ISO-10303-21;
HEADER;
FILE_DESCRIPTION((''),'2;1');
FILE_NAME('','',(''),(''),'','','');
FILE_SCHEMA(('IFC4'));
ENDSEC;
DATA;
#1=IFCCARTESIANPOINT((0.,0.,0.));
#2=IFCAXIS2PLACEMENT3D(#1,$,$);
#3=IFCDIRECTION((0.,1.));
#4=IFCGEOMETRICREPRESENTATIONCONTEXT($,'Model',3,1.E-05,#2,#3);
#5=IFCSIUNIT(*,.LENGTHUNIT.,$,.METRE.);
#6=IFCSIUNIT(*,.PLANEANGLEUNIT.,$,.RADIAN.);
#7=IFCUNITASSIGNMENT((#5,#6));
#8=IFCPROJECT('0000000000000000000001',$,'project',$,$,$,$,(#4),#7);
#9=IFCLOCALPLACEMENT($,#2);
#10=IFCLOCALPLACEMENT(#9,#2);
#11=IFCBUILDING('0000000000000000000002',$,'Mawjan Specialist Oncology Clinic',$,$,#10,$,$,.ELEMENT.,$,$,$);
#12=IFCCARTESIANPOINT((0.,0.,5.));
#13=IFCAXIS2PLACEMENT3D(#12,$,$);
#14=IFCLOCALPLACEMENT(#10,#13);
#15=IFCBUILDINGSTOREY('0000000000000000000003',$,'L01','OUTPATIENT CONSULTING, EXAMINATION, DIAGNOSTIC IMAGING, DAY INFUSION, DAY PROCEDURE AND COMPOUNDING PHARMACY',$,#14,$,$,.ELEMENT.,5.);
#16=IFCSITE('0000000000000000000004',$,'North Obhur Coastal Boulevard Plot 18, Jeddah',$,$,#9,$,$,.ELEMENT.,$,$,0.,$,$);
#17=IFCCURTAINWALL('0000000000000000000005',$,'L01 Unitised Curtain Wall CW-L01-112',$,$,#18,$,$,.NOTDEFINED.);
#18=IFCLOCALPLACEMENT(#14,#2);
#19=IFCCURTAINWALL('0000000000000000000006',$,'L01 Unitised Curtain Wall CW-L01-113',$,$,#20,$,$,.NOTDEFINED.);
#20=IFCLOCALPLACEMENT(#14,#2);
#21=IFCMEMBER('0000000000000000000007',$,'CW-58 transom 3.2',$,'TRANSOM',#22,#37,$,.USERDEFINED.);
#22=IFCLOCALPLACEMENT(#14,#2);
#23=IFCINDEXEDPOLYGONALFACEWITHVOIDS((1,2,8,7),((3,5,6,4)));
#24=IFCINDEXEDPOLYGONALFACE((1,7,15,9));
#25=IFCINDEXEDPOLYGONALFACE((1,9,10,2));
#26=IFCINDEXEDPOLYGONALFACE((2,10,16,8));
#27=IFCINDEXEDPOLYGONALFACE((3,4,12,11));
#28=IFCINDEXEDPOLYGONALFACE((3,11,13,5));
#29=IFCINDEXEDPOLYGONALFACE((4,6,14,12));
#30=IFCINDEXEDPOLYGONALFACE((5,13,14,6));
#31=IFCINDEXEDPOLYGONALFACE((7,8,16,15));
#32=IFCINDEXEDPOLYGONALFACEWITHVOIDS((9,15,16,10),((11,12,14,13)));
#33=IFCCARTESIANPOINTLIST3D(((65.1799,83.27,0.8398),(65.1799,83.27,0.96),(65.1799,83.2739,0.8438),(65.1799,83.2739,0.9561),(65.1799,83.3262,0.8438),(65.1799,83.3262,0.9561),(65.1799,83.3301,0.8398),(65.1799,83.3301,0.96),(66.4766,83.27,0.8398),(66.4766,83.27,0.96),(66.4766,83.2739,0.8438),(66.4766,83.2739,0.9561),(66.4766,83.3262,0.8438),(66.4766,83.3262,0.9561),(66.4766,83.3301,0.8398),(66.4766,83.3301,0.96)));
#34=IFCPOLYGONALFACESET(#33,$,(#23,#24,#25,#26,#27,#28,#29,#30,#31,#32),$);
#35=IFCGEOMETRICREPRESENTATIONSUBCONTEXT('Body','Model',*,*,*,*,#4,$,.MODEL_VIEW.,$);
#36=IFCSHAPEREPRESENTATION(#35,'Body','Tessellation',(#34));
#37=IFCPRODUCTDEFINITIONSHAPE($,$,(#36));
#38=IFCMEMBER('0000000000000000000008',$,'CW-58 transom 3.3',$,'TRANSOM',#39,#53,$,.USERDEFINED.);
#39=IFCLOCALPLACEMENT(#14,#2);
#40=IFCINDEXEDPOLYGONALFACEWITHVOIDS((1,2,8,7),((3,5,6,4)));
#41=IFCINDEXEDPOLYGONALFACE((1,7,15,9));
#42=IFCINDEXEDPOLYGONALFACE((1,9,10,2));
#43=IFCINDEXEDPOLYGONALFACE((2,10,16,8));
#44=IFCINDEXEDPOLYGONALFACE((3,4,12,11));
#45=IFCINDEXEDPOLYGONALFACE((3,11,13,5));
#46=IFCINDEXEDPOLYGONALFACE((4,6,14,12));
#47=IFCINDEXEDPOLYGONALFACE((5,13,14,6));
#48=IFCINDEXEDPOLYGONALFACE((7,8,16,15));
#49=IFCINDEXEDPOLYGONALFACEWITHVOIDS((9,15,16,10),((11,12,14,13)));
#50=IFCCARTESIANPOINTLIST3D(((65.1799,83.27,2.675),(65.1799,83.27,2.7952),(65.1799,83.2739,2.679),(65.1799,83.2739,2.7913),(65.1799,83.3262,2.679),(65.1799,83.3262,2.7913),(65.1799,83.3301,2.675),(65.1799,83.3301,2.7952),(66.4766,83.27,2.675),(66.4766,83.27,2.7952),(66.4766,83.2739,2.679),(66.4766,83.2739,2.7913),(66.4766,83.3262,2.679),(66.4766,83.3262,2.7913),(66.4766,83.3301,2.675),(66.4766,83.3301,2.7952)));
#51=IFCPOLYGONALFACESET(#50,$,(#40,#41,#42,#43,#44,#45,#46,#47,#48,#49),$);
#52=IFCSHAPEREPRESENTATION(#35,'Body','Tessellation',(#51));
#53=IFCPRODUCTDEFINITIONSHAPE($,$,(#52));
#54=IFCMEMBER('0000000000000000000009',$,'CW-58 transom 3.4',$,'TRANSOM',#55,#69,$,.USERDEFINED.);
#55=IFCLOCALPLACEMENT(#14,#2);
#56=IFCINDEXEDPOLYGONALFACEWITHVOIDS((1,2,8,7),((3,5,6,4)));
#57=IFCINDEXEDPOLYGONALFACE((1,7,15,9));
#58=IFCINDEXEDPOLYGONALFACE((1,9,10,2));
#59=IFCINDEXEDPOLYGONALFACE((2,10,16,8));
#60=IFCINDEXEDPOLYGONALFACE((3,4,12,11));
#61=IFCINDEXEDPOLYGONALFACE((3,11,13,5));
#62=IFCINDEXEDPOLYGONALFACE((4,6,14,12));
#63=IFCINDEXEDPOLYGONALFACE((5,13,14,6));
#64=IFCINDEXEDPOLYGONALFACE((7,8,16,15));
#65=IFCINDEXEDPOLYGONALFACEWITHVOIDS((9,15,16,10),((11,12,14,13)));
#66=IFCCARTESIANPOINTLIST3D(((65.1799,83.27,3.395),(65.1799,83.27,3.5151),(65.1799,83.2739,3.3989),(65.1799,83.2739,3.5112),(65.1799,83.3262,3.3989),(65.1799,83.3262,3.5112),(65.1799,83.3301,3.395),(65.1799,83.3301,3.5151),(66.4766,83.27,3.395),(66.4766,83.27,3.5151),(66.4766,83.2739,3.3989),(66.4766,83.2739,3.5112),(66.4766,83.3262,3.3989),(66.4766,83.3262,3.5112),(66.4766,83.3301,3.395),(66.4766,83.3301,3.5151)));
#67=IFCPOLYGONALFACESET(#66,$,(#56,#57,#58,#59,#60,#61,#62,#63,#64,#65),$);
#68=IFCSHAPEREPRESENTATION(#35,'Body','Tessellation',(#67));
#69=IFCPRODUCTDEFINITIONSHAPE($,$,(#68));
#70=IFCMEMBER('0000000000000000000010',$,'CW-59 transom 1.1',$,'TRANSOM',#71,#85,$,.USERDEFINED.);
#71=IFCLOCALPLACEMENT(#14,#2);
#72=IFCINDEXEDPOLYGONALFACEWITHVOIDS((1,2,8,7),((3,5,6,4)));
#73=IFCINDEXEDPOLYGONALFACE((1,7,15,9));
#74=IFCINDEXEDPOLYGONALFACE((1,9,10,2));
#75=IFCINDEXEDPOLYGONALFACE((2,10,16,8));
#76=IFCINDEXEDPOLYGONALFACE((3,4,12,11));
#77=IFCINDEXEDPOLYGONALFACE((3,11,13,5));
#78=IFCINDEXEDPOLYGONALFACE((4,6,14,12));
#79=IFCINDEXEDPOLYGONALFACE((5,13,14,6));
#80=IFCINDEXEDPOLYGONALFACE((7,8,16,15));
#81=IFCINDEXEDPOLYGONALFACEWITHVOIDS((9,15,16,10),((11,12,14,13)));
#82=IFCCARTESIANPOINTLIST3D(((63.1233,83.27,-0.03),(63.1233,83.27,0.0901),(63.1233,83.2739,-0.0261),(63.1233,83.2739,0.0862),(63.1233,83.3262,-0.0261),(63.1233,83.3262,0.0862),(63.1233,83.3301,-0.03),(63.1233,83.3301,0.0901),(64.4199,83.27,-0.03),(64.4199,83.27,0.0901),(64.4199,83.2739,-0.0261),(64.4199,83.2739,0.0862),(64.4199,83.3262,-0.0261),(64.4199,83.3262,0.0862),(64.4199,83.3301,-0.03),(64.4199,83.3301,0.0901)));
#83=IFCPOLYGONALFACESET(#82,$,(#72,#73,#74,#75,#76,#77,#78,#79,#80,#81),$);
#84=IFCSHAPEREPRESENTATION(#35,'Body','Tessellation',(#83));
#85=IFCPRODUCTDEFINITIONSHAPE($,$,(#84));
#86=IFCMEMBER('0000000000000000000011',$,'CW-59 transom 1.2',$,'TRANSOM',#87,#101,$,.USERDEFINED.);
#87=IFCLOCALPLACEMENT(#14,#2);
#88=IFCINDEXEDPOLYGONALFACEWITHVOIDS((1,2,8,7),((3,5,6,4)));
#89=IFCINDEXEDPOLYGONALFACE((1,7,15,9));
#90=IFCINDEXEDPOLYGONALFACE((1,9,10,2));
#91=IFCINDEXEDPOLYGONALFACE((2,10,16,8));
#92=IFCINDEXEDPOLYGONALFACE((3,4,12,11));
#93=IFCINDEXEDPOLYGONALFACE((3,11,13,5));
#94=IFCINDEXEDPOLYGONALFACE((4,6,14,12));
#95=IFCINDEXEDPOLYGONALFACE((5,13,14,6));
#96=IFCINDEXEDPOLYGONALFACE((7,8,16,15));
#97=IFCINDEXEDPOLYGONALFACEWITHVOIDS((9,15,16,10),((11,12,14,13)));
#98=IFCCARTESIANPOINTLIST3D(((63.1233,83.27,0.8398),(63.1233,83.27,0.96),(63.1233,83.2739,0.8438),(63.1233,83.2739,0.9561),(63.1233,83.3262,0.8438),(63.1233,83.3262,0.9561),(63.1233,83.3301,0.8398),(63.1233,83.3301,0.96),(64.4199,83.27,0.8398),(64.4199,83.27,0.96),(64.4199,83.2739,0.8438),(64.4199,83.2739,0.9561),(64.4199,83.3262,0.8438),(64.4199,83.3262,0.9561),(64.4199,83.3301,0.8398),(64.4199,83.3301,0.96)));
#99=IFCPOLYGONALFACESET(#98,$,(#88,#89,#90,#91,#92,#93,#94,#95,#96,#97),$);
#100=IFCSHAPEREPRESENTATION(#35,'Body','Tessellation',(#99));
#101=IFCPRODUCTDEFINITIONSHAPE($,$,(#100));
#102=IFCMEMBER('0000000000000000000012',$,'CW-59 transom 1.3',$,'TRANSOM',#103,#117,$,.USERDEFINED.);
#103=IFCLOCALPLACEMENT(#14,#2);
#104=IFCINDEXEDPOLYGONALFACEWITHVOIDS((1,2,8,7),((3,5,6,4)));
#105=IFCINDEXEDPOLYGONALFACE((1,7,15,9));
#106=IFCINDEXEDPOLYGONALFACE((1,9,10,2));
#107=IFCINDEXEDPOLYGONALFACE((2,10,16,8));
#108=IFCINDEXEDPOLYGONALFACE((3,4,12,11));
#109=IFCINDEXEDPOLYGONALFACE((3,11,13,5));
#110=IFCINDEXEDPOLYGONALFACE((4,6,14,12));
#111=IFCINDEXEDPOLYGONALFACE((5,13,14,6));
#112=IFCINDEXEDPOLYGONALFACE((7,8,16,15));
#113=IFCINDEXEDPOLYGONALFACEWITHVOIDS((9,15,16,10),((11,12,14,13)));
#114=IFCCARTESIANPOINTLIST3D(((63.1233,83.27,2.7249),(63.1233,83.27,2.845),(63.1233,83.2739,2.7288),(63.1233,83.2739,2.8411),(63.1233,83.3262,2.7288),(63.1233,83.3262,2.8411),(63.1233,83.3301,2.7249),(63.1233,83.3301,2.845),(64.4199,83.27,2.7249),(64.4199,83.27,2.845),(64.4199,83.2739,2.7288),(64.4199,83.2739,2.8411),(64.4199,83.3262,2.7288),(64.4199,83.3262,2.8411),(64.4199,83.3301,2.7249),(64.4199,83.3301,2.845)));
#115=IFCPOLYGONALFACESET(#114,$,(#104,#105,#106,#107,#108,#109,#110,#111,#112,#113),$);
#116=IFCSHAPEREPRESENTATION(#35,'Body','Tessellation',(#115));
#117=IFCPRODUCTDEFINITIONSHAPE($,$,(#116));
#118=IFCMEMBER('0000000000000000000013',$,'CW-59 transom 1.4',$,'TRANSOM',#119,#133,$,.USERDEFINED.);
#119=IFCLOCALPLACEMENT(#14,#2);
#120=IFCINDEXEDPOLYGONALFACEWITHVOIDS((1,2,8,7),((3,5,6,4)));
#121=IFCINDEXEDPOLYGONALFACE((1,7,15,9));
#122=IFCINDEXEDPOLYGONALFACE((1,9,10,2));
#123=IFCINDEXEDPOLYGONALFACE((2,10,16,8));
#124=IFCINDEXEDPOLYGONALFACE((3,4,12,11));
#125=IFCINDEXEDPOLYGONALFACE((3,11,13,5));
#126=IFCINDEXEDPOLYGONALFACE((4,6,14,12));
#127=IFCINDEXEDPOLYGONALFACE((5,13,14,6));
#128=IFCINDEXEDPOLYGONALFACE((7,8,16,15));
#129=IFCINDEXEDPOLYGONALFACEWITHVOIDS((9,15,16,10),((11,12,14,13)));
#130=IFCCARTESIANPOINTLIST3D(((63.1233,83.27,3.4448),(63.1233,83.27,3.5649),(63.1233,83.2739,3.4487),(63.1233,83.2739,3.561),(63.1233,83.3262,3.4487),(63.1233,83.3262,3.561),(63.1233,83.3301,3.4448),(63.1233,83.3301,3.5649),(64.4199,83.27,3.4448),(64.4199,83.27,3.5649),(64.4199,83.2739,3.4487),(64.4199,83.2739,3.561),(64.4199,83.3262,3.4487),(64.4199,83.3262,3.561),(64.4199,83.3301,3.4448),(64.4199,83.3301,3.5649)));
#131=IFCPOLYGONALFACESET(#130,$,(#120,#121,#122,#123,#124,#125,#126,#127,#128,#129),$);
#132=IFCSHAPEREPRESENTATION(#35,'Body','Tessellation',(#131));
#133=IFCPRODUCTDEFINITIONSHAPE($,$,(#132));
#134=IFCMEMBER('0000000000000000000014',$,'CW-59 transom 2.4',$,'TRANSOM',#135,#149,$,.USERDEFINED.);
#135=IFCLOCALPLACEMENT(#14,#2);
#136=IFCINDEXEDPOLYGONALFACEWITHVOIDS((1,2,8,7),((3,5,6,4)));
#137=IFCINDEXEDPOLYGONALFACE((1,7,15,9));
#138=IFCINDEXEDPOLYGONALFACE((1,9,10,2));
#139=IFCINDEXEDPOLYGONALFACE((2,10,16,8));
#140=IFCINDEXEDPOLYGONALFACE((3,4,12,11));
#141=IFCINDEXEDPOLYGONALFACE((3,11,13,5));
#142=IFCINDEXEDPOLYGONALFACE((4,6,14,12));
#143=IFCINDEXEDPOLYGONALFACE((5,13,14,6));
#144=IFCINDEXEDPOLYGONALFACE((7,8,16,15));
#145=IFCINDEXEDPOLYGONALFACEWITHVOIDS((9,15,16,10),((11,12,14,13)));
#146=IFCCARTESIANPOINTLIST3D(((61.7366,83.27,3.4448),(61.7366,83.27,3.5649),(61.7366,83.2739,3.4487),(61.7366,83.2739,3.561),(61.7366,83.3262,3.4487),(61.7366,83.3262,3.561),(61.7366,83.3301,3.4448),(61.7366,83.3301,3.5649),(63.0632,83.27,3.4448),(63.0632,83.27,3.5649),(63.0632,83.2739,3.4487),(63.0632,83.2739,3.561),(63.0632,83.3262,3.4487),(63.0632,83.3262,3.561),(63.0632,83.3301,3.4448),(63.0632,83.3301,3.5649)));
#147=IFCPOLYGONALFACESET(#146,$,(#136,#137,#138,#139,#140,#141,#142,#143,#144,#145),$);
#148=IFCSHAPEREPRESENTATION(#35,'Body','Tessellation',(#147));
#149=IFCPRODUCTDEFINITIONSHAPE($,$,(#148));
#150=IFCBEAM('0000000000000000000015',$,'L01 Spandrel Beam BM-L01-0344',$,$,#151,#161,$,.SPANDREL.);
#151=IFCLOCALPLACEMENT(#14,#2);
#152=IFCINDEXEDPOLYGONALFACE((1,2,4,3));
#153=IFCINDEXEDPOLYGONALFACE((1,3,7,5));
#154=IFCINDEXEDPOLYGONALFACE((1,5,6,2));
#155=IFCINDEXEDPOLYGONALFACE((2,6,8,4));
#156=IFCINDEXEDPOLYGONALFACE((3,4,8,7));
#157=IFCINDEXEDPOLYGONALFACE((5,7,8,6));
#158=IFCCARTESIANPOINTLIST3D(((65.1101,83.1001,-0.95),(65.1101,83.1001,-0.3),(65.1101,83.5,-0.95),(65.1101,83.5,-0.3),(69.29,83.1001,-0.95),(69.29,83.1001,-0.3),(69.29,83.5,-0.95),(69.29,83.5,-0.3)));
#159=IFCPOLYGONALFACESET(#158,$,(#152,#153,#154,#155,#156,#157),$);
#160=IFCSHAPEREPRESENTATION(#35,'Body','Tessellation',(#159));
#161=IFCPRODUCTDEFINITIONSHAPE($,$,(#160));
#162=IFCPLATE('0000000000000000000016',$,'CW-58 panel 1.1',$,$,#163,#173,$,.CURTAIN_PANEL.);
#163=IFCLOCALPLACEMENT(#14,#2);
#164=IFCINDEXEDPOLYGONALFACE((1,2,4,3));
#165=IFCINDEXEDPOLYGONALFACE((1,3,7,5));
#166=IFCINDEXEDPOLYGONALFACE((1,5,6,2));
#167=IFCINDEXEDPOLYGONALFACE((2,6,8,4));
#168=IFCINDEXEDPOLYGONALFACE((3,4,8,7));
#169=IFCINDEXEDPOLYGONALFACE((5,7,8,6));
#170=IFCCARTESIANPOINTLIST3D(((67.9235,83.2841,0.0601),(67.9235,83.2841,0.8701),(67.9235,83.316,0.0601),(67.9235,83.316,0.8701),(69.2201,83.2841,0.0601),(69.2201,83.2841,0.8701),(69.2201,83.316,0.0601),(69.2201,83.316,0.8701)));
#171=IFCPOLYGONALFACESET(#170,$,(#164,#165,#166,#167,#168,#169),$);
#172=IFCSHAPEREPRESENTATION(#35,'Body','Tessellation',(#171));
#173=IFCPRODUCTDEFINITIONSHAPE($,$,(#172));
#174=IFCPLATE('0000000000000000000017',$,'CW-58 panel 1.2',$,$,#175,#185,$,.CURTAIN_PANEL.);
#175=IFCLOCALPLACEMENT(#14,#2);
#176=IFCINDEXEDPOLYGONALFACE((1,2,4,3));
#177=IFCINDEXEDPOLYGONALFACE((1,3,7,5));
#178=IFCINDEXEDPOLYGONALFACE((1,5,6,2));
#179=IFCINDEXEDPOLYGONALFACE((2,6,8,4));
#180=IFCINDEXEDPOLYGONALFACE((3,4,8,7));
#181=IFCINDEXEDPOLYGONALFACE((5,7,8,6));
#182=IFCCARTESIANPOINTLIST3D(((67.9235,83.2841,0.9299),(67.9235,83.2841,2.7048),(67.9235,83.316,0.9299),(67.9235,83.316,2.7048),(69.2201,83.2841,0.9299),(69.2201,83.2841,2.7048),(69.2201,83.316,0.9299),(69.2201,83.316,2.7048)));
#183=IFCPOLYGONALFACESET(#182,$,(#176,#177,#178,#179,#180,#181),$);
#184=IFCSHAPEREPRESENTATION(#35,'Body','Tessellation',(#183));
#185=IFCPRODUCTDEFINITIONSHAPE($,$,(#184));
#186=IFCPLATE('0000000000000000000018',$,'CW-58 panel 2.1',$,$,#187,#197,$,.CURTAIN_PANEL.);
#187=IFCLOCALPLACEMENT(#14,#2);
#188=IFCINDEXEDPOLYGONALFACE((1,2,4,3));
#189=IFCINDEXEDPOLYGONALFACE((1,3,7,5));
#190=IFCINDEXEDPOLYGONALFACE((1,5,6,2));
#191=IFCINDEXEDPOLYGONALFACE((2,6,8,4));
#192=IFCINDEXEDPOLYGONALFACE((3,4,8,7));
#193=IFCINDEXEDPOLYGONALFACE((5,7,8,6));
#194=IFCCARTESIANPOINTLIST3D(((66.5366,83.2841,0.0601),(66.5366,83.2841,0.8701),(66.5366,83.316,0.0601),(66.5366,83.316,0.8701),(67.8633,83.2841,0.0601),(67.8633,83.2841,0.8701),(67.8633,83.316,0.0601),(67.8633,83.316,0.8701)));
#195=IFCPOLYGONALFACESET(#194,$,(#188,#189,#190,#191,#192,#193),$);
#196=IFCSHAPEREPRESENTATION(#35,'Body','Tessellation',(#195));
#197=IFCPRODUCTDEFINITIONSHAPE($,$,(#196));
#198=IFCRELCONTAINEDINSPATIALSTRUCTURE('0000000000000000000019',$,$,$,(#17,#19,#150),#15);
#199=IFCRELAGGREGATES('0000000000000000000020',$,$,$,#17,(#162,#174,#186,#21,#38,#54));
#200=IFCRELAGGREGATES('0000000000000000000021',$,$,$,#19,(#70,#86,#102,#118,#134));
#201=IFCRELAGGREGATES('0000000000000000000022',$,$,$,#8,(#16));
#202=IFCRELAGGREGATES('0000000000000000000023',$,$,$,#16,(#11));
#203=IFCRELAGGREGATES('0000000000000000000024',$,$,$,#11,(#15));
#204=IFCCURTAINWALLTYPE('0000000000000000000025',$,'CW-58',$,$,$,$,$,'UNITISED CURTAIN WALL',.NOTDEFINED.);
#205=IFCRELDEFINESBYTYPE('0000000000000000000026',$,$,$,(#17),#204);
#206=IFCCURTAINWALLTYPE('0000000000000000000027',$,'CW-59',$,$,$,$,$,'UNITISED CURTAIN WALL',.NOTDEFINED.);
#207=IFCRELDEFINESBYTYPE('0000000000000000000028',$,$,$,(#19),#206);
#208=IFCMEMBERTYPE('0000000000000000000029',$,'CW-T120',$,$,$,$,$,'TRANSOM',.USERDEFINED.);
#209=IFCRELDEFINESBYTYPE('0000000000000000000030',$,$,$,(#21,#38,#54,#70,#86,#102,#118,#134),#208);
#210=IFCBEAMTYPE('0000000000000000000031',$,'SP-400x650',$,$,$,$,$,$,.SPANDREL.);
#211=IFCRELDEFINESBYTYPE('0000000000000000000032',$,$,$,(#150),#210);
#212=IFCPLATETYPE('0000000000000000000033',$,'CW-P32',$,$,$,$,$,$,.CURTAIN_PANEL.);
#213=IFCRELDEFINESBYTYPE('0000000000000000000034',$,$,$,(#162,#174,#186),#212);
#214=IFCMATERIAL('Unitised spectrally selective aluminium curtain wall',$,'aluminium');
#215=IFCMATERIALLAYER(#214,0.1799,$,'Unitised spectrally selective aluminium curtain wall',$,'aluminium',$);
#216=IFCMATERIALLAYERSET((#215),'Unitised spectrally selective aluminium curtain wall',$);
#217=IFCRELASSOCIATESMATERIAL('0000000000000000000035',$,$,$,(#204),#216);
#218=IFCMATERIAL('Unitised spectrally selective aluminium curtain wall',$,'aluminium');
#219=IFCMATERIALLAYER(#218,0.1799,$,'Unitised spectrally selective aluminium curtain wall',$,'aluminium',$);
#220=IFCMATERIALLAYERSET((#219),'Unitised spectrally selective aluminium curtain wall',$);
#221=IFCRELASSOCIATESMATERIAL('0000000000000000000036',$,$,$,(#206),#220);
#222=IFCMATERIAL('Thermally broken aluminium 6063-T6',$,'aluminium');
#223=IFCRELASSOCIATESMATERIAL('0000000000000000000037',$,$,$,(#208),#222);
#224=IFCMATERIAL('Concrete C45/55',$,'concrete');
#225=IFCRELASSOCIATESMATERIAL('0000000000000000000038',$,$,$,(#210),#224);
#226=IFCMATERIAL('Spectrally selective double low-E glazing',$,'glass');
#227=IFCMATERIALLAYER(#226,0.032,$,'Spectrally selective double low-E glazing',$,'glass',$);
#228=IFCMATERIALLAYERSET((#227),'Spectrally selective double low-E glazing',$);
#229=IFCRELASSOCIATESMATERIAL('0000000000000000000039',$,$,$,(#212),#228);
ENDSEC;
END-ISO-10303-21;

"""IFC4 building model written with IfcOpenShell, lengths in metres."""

from ifc_helpers import new_model, si_unit, direction, frame, origin, origin_2d, place, context, subcontext, project, spatial, rectangle, hollow_rectangle, extrude, material, layer, layer_set, material_profile, profile_set, type_object, element, aggregate, save


model = new_model("IFC4")

# Units and contexts
model_context = context("Model", 3, precision=1e-05, world=origin(), true_north=direction((0.0, 1.0)))
body_context = subcontext(model_context, "Body", "Model", "MODEL_VIEW")
ifc_project = project(units=[si_unit("LENGTHUNIT", "METRE"), si_unit("PLANEANGLEUNIT", "RADIAN")], contexts=[model_context])

# Site, building, storey
site_placement = place(None, origin())
site = spatial("IfcSite", under=ifc_project, at=site_placement, Name="North Obhur Coastal Boulevard Plot 18, Jeddah", CompositionType="ELEMENT", RefElevation=0.0)
building_placement = place(site_placement, origin())
building = spatial("IfcBuilding", under=site, at=building_placement, Name="Mawjan Specialist Oncology Clinic", CompositionType="ELEMENT")
storey_placement = place(building_placement, frame((0.0, 0.0, 5.0)))
storey = spatial("IfcBuildingStorey", under=building, at=storey_placement, Name="L01", Description="OUTPATIENT CONSULTING, EXAMINATION, DIAGNOSTIC IMAGING, DAY INFUSION, DAY PROCEDURE AND COMPOUNDING PHARMACY", CompositionType="ELEMENT", Elevation=5.0)

# Curtain walls
ifc_material_1 = material(Name="Unitised spectrally selective aluminium curtain wall", Category="aluminium")
ifc_layer_1 = layer(ifc_material_1, 0.1799, Name="Unitised spectrally selective aluminium curtain wall", Category="aluminium")
ifc_layer_set_1 = layer_set([ifc_layer_1], Name="Unitised spectrally selective aluminium curtain wall")
curtain_wall_type_1 = type_object("IfcCurtainWallType", Name="CW-58", ElementType="UNITISED CURTAIN WALL", PredefinedType="NOTDEFINED", material=ifc_layer_set_1)
curtain_wall_1_placement = place(storey_placement, origin())
curtain_wall_1 = element("IfcCurtainWall", 1, at=curtain_wall_1_placement, inside=storey, type_object=curtain_wall_type_1, Name="L01 Unitised Curtain Wall CW-L01-112", PredefinedType="NOTDEFINED")
ifc_material_2 = material(Name="Unitised spectrally selective aluminium curtain wall", Category="aluminium")
ifc_layer_2 = layer(ifc_material_2, 0.1799, Name="Unitised spectrally selective aluminium curtain wall", Category="aluminium")
ifc_layer_set_2 = layer_set([ifc_layer_2], Name="Unitised spectrally selective aluminium curtain wall")
curtain_wall_type_2 = type_object("IfcCurtainWallType", Name="CW-59", ElementType="UNITISED CURTAIN WALL", PredefinedType="NOTDEFINED", material=ifc_layer_set_2)
curtain_wall_2_placement = place(storey_placement, origin())
curtain_wall_2 = element("IfcCurtainWall", 2, at=curtain_wall_2_placement, inside=storey, type_object=curtain_wall_type_2, Name="L01 Unitised Curtain Wall CW-L01-113", PredefinedType="NOTDEFINED")

# Members
ifc_material_3 = material(Name="Thermally broken aluminium 6063-T6", Category="aluminium")
ifc_material_profile_1 = material_profile(ifc_material_3, hollow_rectangle(XDim=0.0601, YDim=0.1201, WallThickness=0.0039, at=origin_2d()), Name="ALU TRANSOM 120x60x4", Category="aluminium")
ifc_profile_set_1 = profile_set([ifc_material_profile_1], Name="Thermally broken aluminium 6063-T6")
member_type_1 = type_object("IfcMemberType", Name="CW-T120", ElementType="TRANSOM", PredefinedType="USERDEFINED", material=ifc_profile_set_1)
member_1_placement = place(storey_placement, frame((66.4766, 83.3, 0.8999), z_axis=(-1.0, 0.0, 0.0), x_axis=(0.0, -1.0, 0.0)))
member_1 = element("IfcMember", 3, at=member_1_placement, type_object=member_type_1, Name="CW-58 transom 3.2", ObjectType="TRANSOM", PredefinedType="USERDEFINED", context=body_context, shape_type="SweptSolid", body=[
    extrude(hollow_rectangle(XDim=0.0601, YDim=0.1201, WallThickness=0.0039, at=origin_2d()), origin(), (0.0, 0.0, 1.0), 1.2966),
])
member_2_placement = place(storey_placement, frame((66.4766, 83.3, 2.7351), z_axis=(-1.0, 0.0, 0.0), x_axis=(0.0, -1.0, 0.0)))
member_2 = element("IfcMember", 4, at=member_2_placement, type_object=member_type_1, Name="CW-58 transom 3.3", ObjectType="TRANSOM", PredefinedType="USERDEFINED", context=body_context, shape_type="SweptSolid", body=[
    extrude(hollow_rectangle(XDim=0.0601, YDim=0.1201, WallThickness=0.0039, at=origin_2d()), origin(), (0.0, 0.0, 1.0), 1.2966),
])
member_3_placement = place(storey_placement, frame((66.4766, 83.3, 3.4551), z_axis=(-1.0, 0.0, 0.0), x_axis=(0.0, -1.0, 0.0)))
member_3 = element("IfcMember", 5, at=member_3_placement, type_object=member_type_1, Name="CW-58 transom 3.4", ObjectType="TRANSOM", PredefinedType="USERDEFINED", context=body_context, shape_type="SweptSolid", body=[
    extrude(hollow_rectangle(XDim=0.0601, YDim=0.1201, WallThickness=0.0039, at=origin_2d()), origin(), (0.0, 0.0, 1.0), 1.2966),
])
member_4_placement = place(storey_placement, frame((64.4199, 83.3, 0.03), z_axis=(-1.0, 0.0, 0.0), x_axis=(0.0, -1.0, 0.0)))
member_4 = element("IfcMember", 6, at=member_4_placement, type_object=member_type_1, Name="CW-59 transom 1.1", ObjectType="TRANSOM", PredefinedType="USERDEFINED", context=body_context, shape_type="SweptSolid", body=[
    extrude(hollow_rectangle(XDim=0.0601, YDim=0.1201, WallThickness=0.0039, at=origin_2d()), origin(), (0.0, 0.0, 1.0), 1.2966),
])
member_5_placement = place(storey_placement, frame((64.4199, 83.3, 0.8999), z_axis=(-1.0, 0.0, 0.0), x_axis=(0.0, -1.0, 0.0)))
member_5 = element("IfcMember", 7, at=member_5_placement, type_object=member_type_1, Name="CW-59 transom 1.2", ObjectType="TRANSOM", PredefinedType="USERDEFINED", context=body_context, shape_type="SweptSolid", body=[
    extrude(hollow_rectangle(XDim=0.0601, YDim=0.1201, WallThickness=0.0039, at=origin_2d()), origin(), (0.0, 0.0, 1.0), 1.2966),
])
member_6_placement = place(storey_placement, frame((64.4199, 83.3, 2.7849), z_axis=(-1.0, 0.0, 0.0), x_axis=(0.0, -1.0, 0.0)))
member_6 = element("IfcMember", 8, at=member_6_placement, type_object=member_type_1, Name="CW-59 transom 1.3", ObjectType="TRANSOM", PredefinedType="USERDEFINED", context=body_context, shape_type="SweptSolid", body=[
    extrude(hollow_rectangle(XDim=0.0601, YDim=0.1201, WallThickness=0.0039, at=origin_2d()), origin(), (0.0, 0.0, 1.0), 1.2966),
])
member_7_placement = place(storey_placement, frame((64.4199, 83.3, 3.5049), z_axis=(-1.0, 0.0, 0.0), x_axis=(0.0, -1.0, 0.0)))
member_7 = element("IfcMember", 9, at=member_7_placement, type_object=member_type_1, Name="CW-59 transom 1.4", ObjectType="TRANSOM", PredefinedType="USERDEFINED", context=body_context, shape_type="SweptSolid", body=[
    extrude(hollow_rectangle(XDim=0.0601, YDim=0.1201, WallThickness=0.0039, at=origin_2d()), origin(), (0.0, 0.0, 1.0), 1.2966),
])
member_8_placement = place(storey_placement, frame((63.0632, 83.3, 3.5049), z_axis=(-1.0, 0.0, 0.0), x_axis=(0.0, -1.0, 0.0)))
member_8 = element("IfcMember", 10, at=member_8_placement, type_object=member_type_1, Name="CW-59 transom 2.4", ObjectType="TRANSOM", PredefinedType="USERDEFINED", context=body_context, shape_type="SweptSolid", body=[
    extrude(hollow_rectangle(XDim=0.0601, YDim=0.1201, WallThickness=0.0039, at=origin_2d()), origin(), (0.0, 0.0, 1.0), 1.3267),
])

# Beam
ifc_material_4 = material(Name="Concrete C45/55", Category="concrete")
ifc_material_profile_2 = material_profile(ifc_material_4, rectangle(XDim=0.3999, YDim=0.6499, at=origin_2d()), Name="RC BM 400x650", Category="concrete")
ifc_profile_set_2 = profile_set([ifc_material_profile_2], Name="Concrete C45/55")
beam_type = type_object("IfcBeamType", Name="SP-400x650", PredefinedType="SPANDREL", material=ifc_profile_set_2)
beam_placement = place(storey_placement, frame((65.1101, 83.3, -0.625), z_axis=(1.0, 0.0, 0.0), x_axis=(0.0, 1.0, 0.0)))
element("IfcBeam", 11, at=beam_placement, inside=storey, type_object=beam_type, Name="L01 Spandrel Beam BM-L01-0344", PredefinedType="SPANDREL", context=body_context, shape_type="SweptSolid", body=[
    extrude(rectangle(XDim=0.3999, YDim=0.6499, at=origin_2d()), origin(), (0.0, 0.0, 1.0), 4.1799),
])

# Plates
ifc_material_5 = material(Name="Spectrally selective double low-E glazing", Category="glass")
ifc_layer_3 = layer(ifc_material_5, 0.032, Name="Spectrally selective double low-E glazing", Category="glass")
ifc_layer_set_3 = layer_set([ifc_layer_3], Name="Spectrally selective double low-E glazing")
plate_type = type_object("IfcPlateType", Name="CW-P32", PredefinedType="CURTAIN_PANEL", material=ifc_layer_set_3)
plate_1_placement = place(storey_placement, frame((68.5718, 83.3, 0.0601), z_axis=(0.0, 0.0, 1.0), x_axis=(-1.0, 0.0, 0.0)))
plate_1 = element("IfcPlate", 12, at=plate_1_placement, type_object=plate_type, Name="CW-58 panel 1.1", PredefinedType="CURTAIN_PANEL", context=body_context, shape_type="SweptSolid", body=[
    extrude(rectangle(XDim=1.2966, YDim=0.032, at=origin_2d()), origin(), (0.0, 0.0, 1.0), 0.8101),
])
plate_2_placement = place(storey_placement, frame((68.5718, 83.3, 0.9299), z_axis=(0.0, 0.0, 1.0), x_axis=(-1.0, 0.0, 0.0)))
plate_2 = element("IfcPlate", 13, at=plate_2_placement, type_object=plate_type, Name="CW-58 panel 1.2", PredefinedType="CURTAIN_PANEL", context=body_context, shape_type="SweptSolid", body=[
    extrude(rectangle(XDim=1.2966, YDim=0.032, at=origin_2d()), origin(), (0.0, 0.0, 1.0), 1.7749),
])
plate_3_placement = place(storey_placement, frame((67.2, 83.3, 0.0601), z_axis=(0.0, 0.0, 1.0), x_axis=(-1.0, 0.0, 0.0)))
plate_3 = element("IfcPlate", 14, at=plate_3_placement, type_object=plate_type, Name="CW-58 panel 2.1", PredefinedType="CURTAIN_PANEL", context=body_context, shape_type="SweptSolid", body=[
    extrude(rectangle(XDim=1.3267, YDim=0.032, at=origin_2d()), origin(), (0.0, 0.0, 1.0), 0.8101),
])
aggregate(curtain_wall_1, [plate_1, plate_2, plate_3, member_1, member_2, member_3])
aggregate(curtain_wall_2, [member_4, member_5, member_6, member_7, member_8])

save(model, "model.ifc")
